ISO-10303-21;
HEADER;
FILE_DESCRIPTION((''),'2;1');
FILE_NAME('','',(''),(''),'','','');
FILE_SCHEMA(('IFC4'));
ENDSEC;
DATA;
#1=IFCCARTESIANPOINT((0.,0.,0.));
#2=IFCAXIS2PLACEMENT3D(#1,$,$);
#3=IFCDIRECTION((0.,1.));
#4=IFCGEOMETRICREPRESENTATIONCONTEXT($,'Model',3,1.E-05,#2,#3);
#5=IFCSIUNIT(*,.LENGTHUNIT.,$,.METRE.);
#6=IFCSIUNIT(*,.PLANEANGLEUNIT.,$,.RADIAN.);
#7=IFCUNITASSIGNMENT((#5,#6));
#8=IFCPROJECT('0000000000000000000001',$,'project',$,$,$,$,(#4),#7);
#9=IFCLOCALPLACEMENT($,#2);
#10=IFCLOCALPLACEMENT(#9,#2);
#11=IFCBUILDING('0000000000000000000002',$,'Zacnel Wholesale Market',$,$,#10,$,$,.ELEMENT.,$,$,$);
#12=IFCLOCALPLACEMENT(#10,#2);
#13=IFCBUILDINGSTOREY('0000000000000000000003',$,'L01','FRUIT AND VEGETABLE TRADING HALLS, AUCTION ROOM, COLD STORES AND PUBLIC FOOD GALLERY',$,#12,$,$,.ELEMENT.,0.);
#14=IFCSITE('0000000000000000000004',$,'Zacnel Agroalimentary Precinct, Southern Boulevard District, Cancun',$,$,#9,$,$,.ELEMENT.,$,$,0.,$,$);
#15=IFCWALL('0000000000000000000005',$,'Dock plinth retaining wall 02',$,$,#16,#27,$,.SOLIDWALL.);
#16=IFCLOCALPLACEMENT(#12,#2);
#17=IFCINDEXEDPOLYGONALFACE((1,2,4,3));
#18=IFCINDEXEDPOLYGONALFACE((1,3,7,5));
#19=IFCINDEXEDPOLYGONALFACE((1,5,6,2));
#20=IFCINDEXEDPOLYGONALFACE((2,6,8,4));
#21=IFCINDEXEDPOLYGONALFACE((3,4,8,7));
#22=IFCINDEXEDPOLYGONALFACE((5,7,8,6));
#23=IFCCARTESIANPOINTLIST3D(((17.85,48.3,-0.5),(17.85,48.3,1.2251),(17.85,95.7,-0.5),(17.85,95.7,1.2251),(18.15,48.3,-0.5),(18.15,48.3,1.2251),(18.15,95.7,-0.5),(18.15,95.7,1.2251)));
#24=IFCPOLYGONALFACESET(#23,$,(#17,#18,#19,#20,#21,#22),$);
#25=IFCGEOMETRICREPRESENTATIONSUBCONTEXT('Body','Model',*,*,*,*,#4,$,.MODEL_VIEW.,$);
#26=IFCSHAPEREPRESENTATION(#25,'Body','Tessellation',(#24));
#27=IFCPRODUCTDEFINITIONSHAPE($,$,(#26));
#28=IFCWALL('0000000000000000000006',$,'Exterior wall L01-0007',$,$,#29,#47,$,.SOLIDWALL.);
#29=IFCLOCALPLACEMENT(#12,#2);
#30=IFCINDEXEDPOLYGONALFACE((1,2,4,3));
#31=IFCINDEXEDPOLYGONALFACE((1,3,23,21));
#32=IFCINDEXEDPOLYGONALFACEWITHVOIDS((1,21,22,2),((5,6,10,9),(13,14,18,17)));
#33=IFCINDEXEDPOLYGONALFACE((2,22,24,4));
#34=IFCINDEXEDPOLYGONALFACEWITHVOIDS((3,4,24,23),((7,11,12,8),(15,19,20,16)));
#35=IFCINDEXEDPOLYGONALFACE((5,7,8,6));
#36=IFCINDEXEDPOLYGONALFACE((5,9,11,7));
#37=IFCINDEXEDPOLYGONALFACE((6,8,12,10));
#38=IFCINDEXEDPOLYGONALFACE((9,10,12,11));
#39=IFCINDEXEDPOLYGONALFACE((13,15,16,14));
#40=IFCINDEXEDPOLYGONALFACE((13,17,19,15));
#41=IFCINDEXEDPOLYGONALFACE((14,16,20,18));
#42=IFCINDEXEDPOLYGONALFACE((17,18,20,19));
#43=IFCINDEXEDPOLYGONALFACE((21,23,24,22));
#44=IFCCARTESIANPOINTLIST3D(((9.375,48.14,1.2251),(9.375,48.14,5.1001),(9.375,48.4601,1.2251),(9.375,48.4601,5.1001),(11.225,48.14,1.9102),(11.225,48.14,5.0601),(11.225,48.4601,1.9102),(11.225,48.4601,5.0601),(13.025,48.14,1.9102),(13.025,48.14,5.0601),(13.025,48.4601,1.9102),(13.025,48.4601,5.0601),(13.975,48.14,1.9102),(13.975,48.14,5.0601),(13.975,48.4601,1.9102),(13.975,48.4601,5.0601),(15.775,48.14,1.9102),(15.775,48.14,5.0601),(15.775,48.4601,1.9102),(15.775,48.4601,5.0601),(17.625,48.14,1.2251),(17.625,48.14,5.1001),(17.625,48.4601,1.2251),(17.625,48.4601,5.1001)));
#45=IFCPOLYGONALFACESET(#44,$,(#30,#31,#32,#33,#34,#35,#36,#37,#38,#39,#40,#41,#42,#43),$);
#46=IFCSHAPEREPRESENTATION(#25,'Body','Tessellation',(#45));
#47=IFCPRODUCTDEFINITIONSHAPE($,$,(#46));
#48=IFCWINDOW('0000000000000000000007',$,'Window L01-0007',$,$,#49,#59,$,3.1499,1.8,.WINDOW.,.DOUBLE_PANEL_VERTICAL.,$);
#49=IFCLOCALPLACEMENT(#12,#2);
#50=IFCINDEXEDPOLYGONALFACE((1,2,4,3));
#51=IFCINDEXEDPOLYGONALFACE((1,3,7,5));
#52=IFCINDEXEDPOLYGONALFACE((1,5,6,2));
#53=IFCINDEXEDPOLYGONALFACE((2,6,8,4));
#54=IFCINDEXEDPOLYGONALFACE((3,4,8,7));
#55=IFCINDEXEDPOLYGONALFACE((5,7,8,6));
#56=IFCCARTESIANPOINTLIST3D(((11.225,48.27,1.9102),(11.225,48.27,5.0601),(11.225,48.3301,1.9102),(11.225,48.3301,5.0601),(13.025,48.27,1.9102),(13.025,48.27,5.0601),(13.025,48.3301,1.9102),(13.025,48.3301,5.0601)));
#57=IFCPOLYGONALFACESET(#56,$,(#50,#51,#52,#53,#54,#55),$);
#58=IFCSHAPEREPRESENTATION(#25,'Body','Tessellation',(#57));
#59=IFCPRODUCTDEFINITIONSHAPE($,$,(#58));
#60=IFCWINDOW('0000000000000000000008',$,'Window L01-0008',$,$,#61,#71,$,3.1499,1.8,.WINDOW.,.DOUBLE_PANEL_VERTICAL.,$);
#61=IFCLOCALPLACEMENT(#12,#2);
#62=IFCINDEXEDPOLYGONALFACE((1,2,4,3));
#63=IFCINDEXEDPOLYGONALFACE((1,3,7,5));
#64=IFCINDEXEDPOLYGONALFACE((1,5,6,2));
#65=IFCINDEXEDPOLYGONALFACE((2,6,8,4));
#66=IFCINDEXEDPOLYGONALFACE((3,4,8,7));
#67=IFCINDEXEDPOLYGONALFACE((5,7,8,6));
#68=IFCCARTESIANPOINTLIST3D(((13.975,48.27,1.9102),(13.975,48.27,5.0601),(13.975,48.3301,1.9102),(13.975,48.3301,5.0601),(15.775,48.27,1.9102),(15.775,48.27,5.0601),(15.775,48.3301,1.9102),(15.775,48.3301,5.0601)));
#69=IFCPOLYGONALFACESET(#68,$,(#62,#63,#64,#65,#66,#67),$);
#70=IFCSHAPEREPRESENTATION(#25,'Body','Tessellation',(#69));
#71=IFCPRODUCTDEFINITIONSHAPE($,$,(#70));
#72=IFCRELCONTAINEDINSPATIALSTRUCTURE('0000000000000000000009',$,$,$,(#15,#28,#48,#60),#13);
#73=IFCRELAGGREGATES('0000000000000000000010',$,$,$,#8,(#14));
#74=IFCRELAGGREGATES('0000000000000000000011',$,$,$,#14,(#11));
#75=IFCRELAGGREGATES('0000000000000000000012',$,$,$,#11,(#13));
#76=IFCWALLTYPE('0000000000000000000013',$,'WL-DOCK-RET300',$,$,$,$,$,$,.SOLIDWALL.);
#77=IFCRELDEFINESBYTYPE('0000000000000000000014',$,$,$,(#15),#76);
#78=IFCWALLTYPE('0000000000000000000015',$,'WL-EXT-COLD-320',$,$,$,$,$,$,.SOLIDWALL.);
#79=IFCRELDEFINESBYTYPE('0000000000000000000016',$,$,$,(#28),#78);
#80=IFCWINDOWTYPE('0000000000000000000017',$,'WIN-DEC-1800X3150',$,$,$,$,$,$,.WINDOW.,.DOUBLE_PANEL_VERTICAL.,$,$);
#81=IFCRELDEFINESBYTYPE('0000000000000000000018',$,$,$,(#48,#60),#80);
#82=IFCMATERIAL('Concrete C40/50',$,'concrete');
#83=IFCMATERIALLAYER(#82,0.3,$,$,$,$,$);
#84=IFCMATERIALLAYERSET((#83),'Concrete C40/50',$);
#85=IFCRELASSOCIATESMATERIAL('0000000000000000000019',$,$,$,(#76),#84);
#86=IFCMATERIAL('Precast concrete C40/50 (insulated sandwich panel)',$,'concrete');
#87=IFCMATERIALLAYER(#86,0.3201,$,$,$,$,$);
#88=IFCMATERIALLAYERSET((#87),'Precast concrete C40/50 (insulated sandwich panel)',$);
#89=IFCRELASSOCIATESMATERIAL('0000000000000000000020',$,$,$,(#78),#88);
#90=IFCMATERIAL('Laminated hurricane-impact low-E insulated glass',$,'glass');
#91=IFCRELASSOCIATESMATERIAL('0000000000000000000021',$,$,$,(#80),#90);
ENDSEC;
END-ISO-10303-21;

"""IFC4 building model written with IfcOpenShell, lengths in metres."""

from ifc_helpers import new_model, si_unit, direction, frame, frame_2d, origin, place, context, subcontext, project, spatial, rectangle, extrude, material, layer, layer_set, type_object, element, fill, save


model = new_model("IFC4")

# Units and contexts
model_context = context("Model", 3, precision=1e-05, world=origin(), true_north=direction((0.0, 1.0)))
body_context = subcontext(model_context, "Body", "Model", "MODEL_VIEW")
ifc_project = project(units=[si_unit("LENGTHUNIT", "METRE"), si_unit("PLANEANGLEUNIT", "RADIAN")], contexts=[model_context])

# Site, building, storey
site_placement = place(None, origin())
site = spatial("IfcSite", under=ifc_project, at=site_placement, Name="Zacnel Agroalimentary Precinct, Southern Boulevard District, Cancun", CompositionType="ELEMENT", RefElevation=0.0)
building_placement = place(site_placement, origin())
building = spatial("IfcBuilding", under=site, at=building_placement, Name="Zacnel Wholesale Market", CompositionType="ELEMENT")
storey_placement = place(building_placement, origin())
storey = spatial("IfcBuildingStorey", under=building, at=storey_placement, Name="L01", Description="FRUIT AND VEGETABLE TRADING HALLS, AUCTION ROOM, COLD STORES AND PUBLIC FOOD GALLERY", CompositionType="ELEMENT", Elevation=0.0)

# Wall
ifc_material_1 = material(Name="Concrete C40/50", Category="concrete")
ifc_layer_1 = layer(ifc_material_1, 0.3)
ifc_layer_set_1 = layer_set([ifc_layer_1], Name="Concrete C40/50")
wall_type_1 = type_object("IfcWallType", Name="WL-DOCK-RET300", PredefinedType="SOLIDWALL", material=ifc_layer_set_1)
wall_1_placement = place(storey_placement, frame((18.0, 48.3, -0.5), z_axis=(0.0, 0.0, 1.0), x_axis=(0.0, 1.0, 0.0)))
element("IfcWall", 1, at=wall_1_placement, inside=storey, type_object=wall_type_1, Name="Dock plinth retaining wall 02", PredefinedType="SOLIDWALL", context=body_context, shape_type="SweptSolid", body=[
    extrude(rectangle(XDim=47.3999, YDim=0.3, at=frame_2d((23.7, 0.0))), origin(), (0.0, 0.0, 1.0), 1.7251),
])

# Wall, openings, windows
ifc_material_2 = material(Name="Precast concrete C40/50 (insulated sandwich panel)", Category="concrete")
ifc_layer_2 = layer(ifc_material_2, 0.3201)
ifc_layer_set_2 = layer_set([ifc_layer_2], Name="Precast concrete C40/50 (insulated sandwich panel)")
wall_type_2 = type_object("IfcWallType", Name="WL-EXT-COLD-320", PredefinedType="SOLIDWALL", material=ifc_layer_set_2)
wall_2_placement = place(storey_placement, frame((9.375, 48.3, 1.2251), z_axis=(0.0, 0.0, 1.0), x_axis=(1.0, 0.0, 0.0)))
wall_2 = element("IfcWall", 2, at=wall_2_placement, inside=storey, type_object=wall_type_2, Name="Exterior wall L01-0007", PredefinedType="SOLIDWALL", context=body_context, shape_type="SweptSolid", body=[
    extrude(rectangle(XDim=8.25, YDim=0.3201, at=frame_2d((4.125, 0.0))), origin(), (0.0, 0.0, 1.0), 3.875),
])
opening_1_placement = place(wall_2_placement, frame((1.8501, 0.0, 0.6851)))
opening_1 = element("IfcOpeningElement", 3, at=opening_1_placement, cuts=wall_2, PredefinedType="OPENING", context=body_context, shape_type="SweptSolid", body=[
    extrude(rectangle(XDim=1.8, YDim=3.1499, at=frame_2d((0.8999, 1.575))), frame((0.0, 0.1699, 0.0), z_axis=(0.0, -1.0, 0.0), x_axis=(1.0, 0.0, 0.0)), (0.0, 0.0, 1.0), 0.3401),
])
opening_2_placement = place(wall_2_placement, frame((4.6001, 0.0, 0.6851)))
opening_2 = element("IfcOpeningElement", 4, at=opening_2_placement, cuts=wall_2, PredefinedType="OPENING", context=body_context, shape_type="SweptSolid", body=[
    extrude(rectangle(XDim=1.8, YDim=3.1499, at=frame_2d((0.8999, 1.575))), frame((0.0, 0.1699, 0.0), z_axis=(0.0, -1.0, 0.0), x_axis=(1.0, 0.0, 0.0)), (0.0, 0.0, 1.0), 0.3401),
])
ifc_material_3 = material(Name="Laminated hurricane-impact low-E insulated glass", Category="glass")
window_type = type_object("IfcWindowType", Name="WIN-DEC-1800X3150", PartitioningType="DOUBLE_PANEL_VERTICAL", PredefinedType="WINDOW", material=ifc_material_3)
window_1_placement = place(opening_1_placement, origin())
window_1 = element("IfcWindow", 5, at=window_1_placement, inside=storey, type_object=window_type, Name="Window L01-0007", OverallHeight=3.1499, OverallWidth=1.8, PartitioningType="DOUBLE_PANEL_VERTICAL", PredefinedType="WINDOW", context=body_context, shape_type="SweptSolid", body=[
    extrude(rectangle(XDim=1.8, YDim=3.1499, at=frame_2d((0.8999, 1.575))), frame((0.0, 0.03, 0.0), z_axis=(0.0, -1.0, 0.0), x_axis=(1.0, 0.0, 0.0)), (0.0, 0.0, 1.0), 0.0601),
])
fill(opening_1, window_1)
window_2_placement = place(opening_2_placement, origin())
window_2 = element("IfcWindow", 6, at=window_2_placement, inside=storey, type_object=window_type, Name="Window L01-0008", OverallHeight=3.1499, OverallWidth=1.8, PartitioningType="DOUBLE_PANEL_VERTICAL", PredefinedType="WINDOW", context=body_context, shape_type="SweptSolid", body=[
    extrude(rectangle(XDim=1.8, YDim=3.1499, at=frame_2d((0.8999, 1.575))), frame((0.0, 0.03, 0.0), z_axis=(0.0, -1.0, 0.0), x_axis=(1.0, 0.0, 0.0)), (0.0, 0.0, 1.0), 0.0601),
])
fill(opening_2, window_2)

save(model, "model.ifc")
